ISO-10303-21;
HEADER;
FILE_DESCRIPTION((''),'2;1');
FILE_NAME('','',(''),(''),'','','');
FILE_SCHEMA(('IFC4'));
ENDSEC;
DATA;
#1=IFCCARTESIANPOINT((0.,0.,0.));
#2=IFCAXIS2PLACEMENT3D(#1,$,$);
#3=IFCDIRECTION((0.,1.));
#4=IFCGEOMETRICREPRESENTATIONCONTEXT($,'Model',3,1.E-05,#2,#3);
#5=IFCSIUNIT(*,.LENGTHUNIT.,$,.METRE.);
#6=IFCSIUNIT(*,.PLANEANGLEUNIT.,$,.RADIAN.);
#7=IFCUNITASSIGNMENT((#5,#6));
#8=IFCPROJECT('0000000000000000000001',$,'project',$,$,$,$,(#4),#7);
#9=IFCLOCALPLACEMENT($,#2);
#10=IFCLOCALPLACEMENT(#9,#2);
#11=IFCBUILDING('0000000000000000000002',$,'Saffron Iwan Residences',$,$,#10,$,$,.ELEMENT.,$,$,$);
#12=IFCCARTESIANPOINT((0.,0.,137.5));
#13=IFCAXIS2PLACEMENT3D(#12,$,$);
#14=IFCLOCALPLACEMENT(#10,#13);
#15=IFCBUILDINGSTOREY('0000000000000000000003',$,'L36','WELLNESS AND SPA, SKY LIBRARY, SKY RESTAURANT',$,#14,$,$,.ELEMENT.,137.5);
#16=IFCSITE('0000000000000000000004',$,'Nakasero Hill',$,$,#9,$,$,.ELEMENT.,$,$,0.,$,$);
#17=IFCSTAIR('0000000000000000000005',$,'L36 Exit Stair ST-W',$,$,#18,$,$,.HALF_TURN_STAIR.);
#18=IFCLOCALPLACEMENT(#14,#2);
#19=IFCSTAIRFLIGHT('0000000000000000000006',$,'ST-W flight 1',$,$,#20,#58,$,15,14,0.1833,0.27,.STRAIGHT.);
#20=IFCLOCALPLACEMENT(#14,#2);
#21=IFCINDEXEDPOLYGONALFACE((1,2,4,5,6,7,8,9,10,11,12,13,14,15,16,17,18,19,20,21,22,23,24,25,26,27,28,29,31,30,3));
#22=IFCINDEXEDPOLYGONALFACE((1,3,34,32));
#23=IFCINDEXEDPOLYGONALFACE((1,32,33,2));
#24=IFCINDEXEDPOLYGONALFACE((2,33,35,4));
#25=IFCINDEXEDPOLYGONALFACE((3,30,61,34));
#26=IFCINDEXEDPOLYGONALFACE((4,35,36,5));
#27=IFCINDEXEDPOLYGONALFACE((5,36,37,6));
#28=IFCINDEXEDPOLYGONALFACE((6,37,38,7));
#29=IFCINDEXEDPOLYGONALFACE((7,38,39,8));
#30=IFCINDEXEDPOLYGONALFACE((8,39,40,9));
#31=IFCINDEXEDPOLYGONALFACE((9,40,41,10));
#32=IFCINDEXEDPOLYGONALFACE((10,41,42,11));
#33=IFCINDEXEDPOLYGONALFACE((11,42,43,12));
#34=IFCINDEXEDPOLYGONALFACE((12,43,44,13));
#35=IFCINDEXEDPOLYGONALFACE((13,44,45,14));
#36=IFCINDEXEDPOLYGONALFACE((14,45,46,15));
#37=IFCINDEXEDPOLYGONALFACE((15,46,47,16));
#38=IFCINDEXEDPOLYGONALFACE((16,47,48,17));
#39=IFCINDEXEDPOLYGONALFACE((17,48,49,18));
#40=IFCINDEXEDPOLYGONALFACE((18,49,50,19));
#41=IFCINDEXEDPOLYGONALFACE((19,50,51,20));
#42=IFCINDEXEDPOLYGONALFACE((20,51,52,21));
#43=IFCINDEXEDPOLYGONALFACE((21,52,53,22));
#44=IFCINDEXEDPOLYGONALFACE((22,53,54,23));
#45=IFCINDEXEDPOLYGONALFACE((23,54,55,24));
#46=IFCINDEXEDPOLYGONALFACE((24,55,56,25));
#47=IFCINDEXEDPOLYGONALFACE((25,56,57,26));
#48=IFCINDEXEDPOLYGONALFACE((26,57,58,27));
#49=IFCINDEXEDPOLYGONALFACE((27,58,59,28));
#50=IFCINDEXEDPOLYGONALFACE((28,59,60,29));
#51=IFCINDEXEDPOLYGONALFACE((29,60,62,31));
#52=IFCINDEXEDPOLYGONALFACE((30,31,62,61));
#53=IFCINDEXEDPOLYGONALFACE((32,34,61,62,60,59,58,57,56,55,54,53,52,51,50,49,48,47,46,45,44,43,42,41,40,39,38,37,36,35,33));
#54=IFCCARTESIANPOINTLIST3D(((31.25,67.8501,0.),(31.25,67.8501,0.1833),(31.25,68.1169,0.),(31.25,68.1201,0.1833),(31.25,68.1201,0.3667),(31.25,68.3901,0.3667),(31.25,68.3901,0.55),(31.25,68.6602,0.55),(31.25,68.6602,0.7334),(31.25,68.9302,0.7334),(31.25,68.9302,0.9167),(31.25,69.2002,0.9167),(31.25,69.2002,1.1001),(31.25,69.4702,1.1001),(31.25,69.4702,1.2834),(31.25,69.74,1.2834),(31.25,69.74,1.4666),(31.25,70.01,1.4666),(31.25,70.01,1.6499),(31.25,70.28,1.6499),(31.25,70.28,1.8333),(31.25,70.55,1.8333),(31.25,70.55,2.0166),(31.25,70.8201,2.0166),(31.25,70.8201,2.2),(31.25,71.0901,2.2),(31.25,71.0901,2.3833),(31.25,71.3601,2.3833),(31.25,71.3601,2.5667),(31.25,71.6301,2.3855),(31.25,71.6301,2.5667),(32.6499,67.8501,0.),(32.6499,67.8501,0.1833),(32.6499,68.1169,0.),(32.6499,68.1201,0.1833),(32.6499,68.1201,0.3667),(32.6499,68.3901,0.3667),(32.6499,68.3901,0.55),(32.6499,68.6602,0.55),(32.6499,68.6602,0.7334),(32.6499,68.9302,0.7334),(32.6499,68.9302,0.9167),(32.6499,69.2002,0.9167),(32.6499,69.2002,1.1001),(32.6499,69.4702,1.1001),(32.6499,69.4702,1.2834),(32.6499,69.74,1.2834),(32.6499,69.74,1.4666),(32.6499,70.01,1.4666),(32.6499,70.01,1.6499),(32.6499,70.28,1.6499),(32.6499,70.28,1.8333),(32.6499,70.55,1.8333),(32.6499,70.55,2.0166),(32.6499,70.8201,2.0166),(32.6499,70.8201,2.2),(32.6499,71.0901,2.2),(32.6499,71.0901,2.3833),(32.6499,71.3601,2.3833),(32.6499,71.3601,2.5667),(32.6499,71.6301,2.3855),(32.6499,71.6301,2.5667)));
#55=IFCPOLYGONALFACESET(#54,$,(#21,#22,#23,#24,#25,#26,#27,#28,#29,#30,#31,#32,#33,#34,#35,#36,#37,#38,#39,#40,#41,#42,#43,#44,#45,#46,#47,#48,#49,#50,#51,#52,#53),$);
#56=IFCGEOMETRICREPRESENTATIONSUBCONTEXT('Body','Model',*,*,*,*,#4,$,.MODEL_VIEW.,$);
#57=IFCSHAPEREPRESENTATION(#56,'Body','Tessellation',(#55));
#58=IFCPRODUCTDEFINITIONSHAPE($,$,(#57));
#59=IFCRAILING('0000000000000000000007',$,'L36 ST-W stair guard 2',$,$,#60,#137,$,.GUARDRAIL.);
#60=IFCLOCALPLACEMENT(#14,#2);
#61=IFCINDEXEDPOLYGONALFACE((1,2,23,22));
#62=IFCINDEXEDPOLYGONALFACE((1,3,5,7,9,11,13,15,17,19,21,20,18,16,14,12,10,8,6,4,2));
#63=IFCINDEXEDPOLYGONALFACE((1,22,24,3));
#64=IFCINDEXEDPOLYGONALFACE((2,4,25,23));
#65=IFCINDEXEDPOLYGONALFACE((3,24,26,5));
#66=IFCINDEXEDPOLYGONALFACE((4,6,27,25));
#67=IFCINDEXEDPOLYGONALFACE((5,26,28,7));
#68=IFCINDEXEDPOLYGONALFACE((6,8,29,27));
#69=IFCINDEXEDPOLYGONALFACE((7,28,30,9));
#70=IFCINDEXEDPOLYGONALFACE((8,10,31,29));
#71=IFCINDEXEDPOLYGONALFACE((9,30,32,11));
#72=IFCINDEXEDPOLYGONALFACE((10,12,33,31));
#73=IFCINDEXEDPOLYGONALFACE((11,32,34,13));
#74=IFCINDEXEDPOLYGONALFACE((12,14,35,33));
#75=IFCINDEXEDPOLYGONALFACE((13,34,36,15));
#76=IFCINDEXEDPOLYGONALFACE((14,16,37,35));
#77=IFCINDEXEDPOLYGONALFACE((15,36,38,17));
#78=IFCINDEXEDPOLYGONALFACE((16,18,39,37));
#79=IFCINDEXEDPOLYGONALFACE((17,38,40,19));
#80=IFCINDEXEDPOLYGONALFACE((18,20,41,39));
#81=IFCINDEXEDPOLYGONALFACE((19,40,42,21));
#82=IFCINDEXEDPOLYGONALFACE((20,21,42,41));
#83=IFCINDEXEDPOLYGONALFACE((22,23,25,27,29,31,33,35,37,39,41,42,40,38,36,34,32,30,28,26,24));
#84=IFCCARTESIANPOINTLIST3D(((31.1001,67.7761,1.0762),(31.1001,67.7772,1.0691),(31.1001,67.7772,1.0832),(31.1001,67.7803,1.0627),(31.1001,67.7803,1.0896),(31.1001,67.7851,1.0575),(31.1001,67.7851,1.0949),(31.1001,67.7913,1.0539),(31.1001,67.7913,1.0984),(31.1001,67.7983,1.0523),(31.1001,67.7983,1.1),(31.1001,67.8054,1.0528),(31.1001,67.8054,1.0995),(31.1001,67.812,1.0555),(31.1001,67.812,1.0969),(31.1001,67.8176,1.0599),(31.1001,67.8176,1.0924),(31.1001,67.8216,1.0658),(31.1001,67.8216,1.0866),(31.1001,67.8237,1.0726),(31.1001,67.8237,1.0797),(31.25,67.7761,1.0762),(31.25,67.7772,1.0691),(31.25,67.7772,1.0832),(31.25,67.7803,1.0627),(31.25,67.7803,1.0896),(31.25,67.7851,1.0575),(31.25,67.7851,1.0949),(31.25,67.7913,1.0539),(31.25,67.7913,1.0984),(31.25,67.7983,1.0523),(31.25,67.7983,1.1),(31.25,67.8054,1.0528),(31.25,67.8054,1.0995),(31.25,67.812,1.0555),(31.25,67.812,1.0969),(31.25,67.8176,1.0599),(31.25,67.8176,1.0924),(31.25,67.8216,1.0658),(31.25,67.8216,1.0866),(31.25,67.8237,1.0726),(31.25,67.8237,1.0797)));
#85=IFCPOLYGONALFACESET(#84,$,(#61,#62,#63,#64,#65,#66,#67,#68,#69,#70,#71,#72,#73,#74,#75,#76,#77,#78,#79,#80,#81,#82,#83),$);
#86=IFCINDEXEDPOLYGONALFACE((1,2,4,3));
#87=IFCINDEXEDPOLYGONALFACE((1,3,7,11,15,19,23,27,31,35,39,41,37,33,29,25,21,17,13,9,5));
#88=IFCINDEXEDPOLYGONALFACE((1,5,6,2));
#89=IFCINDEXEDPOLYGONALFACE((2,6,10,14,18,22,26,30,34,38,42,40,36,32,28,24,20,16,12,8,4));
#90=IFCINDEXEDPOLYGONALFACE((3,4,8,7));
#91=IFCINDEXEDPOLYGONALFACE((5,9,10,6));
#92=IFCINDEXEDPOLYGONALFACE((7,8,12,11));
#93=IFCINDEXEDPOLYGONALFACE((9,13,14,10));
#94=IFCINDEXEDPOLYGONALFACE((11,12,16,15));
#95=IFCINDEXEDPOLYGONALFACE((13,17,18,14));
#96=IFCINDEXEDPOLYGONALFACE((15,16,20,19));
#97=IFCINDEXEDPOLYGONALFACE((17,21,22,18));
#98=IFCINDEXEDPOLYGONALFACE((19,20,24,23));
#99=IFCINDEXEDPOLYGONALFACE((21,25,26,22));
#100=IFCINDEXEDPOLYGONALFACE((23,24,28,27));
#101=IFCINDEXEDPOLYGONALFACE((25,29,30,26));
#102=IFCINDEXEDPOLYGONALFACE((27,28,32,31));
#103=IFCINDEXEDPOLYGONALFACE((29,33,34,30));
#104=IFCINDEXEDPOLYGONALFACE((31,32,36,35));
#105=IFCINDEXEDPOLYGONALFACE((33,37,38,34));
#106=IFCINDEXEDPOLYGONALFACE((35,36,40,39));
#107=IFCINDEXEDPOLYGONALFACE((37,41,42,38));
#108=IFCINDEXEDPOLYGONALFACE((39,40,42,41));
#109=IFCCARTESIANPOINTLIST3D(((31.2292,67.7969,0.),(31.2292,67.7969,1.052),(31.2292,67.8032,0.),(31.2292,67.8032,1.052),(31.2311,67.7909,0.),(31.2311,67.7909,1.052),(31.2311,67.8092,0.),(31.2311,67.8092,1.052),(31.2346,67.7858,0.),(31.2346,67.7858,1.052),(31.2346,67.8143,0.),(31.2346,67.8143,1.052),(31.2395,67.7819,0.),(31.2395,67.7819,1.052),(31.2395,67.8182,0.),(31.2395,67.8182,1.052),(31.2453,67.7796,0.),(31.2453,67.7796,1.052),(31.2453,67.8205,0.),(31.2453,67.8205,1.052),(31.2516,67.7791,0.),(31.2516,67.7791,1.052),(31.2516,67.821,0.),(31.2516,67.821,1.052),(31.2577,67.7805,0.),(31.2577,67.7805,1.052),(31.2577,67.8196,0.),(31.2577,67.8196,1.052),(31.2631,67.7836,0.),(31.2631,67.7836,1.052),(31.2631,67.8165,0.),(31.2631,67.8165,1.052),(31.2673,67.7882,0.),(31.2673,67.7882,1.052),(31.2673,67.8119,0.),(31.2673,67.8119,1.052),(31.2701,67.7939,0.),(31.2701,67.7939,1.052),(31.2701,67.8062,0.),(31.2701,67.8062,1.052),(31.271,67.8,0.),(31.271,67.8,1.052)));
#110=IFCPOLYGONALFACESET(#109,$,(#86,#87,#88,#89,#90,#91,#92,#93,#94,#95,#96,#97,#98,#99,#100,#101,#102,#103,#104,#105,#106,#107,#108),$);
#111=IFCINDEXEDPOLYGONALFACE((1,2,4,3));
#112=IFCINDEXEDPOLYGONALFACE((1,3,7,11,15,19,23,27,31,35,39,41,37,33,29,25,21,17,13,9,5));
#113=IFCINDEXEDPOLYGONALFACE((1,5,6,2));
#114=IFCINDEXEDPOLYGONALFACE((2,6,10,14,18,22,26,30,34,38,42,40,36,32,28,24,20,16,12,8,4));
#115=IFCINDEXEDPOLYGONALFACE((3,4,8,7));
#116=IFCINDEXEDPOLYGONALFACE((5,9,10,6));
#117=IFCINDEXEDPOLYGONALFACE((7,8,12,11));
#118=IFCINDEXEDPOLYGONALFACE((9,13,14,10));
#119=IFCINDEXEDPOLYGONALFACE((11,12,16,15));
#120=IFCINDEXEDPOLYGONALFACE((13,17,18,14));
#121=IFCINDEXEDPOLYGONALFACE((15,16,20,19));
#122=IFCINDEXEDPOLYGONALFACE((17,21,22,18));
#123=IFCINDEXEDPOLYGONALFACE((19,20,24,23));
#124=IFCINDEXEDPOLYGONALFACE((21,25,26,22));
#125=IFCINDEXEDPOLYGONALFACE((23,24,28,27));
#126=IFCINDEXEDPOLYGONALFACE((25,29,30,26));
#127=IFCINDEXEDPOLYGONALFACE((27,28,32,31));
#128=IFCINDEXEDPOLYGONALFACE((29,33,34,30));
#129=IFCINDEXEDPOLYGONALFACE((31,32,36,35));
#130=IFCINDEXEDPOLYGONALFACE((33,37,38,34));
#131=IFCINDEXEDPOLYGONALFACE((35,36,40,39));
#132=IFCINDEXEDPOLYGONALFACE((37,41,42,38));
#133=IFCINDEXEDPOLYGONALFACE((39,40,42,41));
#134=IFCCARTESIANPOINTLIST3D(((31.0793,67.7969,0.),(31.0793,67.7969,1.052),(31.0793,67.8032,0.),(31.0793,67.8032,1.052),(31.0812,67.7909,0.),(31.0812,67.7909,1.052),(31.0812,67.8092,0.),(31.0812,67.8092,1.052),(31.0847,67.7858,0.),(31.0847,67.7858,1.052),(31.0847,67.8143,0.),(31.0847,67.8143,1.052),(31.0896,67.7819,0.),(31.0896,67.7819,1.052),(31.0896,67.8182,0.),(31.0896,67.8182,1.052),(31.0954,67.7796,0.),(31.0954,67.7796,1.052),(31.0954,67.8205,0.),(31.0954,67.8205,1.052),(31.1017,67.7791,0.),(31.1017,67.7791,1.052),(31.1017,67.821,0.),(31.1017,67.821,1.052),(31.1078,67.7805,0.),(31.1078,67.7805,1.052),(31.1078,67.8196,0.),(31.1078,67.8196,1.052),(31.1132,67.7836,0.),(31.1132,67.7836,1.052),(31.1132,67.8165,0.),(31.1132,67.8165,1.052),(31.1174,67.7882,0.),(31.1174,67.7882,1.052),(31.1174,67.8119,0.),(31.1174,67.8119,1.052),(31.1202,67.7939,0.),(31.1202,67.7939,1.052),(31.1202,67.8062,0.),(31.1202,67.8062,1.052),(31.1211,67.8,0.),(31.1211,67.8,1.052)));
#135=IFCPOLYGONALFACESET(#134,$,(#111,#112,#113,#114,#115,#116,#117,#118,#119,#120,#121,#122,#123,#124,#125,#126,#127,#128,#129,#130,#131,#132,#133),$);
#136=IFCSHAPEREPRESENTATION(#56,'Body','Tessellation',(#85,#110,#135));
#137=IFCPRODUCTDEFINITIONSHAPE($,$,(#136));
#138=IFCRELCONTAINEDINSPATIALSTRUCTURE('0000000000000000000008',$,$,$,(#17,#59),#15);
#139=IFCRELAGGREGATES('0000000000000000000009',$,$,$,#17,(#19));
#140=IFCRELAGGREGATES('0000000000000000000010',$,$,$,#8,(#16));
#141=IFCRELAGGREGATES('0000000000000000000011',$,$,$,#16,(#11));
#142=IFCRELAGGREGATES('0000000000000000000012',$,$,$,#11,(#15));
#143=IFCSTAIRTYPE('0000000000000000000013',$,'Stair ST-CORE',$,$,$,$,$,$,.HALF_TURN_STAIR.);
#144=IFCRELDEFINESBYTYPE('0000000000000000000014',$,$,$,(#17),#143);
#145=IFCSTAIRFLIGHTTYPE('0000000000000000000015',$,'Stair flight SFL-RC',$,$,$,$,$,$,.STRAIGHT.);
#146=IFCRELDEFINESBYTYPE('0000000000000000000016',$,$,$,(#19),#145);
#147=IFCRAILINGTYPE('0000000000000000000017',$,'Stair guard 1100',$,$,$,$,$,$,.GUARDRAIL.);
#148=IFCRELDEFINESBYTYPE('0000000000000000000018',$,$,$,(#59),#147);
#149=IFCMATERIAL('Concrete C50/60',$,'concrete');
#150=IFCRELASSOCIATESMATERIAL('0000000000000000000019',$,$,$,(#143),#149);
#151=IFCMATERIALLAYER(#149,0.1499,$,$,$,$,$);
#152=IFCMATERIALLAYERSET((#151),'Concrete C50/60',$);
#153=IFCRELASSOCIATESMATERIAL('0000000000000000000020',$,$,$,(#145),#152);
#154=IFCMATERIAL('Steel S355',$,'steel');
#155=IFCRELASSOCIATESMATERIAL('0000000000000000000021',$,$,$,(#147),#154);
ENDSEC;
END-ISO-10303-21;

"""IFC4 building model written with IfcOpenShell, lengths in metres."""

from ifc_helpers import new_model, si_unit, direction, frame, origin, origin_2d, place, context, subcontext, project, spatial, polyline, circle, outline, extrude, material, layer, layer_set, type_object, element, aggregate, save


model = new_model("IFC4")

# Units and contexts
model_context = context("Model", 3, precision=1e-05, world=origin(), true_north=direction((0.0, 1.0)))
body_context = subcontext(model_context, "Body", "Model", "MODEL_VIEW")
ifc_project = project(units=[si_unit("LENGTHUNIT", "METRE"), si_unit("PLANEANGLEUNIT", "RADIAN")], contexts=[model_context])

# Site, building, storey
site_placement = place(None, origin())
site = spatial("IfcSite", under=ifc_project, at=site_placement, Name="Nakasero Hill", CompositionType="ELEMENT", RefElevation=0.0)
building_placement = place(site_placement, origin())
building = spatial("IfcBuilding", under=site, at=building_placement, Name="Saffron Iwan Residences", CompositionType="ELEMENT")
storey_placement = place(building_placement, frame((0.0, 0.0, 137.5)))
storey = spatial("IfcBuildingStorey", under=building, at=storey_placement, Name="L36", Description="WELLNESS AND SPA, SKY LIBRARY, SKY RESTAURANT", CompositionType="ELEMENT", Elevation=137.5)

# Shared definitions
ifc_material_1 = material(Name="Concrete C50/60", Category="concrete")

# Stair, stair flight
stair_type = type_object("IfcStairType", Name="Stair ST-CORE", PredefinedType="HALF_TURN_STAIR", material=ifc_material_1)
stair_placement = place(storey_placement, origin())
stair = element("IfcStair", 1, at=stair_placement, inside=storey, type_object=stair_type, Name="L36 Exit Stair ST-W", PredefinedType="HALF_TURN_STAIR")
ifc_layer_1 = layer(ifc_material_1, 0.1499)
ifc_layer_set_1 = layer_set([ifc_layer_1], Name="Concrete C50/60")
stair_flight_type = type_object("IfcStairFlightType", Name="Stair flight SFL-RC", PredefinedType="STRAIGHT", material=ifc_layer_set_1)
stair_flight_placement = place(storey_placement, frame((31.95, 67.8501, 0.0), z_axis=(0.0, 0.0, 1.0), x_axis=(0.0, 1.0, 0.0)))
stair_flight = element("IfcStairFlight", 2, at=stair_flight_placement, type_object=stair_flight_type, Name="ST-W flight 1", NumberOfRisers=15, NumberOfTreads=14, PredefinedType="STRAIGHT", RiserHeight=0.1833, TreadLength=0.27, context=body_context, shape_type="SweptSolid", body=[
    extrude(outline(polyline([(0.0, 0.0), (0.0, 0.1833), (0.27, 0.1833), (0.27, 0.3667), (0.54, 0.3667), (0.54, 0.55), (0.8101, 0.55), (0.8101, 0.7334), (1.0801, 0.7334), (1.0801, 0.9167), (1.3501, 0.9167), (1.3501, 1.1001), (1.6201, 1.1001), (1.6201, 1.2834), (1.8899, 1.2834), (1.8899, 1.4666), (2.1599, 1.4666), (2.1599, 1.6499), (2.4299, 1.6499), (2.4299, 1.8333), (2.7, 1.8333), (2.7, 2.0166), (2.97, 2.0166), (2.97, 2.2), (3.24, 2.2), (3.24, 2.3833), (3.51, 2.3833), (3.51, 2.5667), (3.78, 2.5667), (3.78, 2.75), (3.78, 2.3855), (0.2668, 0.0), (0.0, 0.0)])), frame((0.0, 0.7, 0.0), z_axis=(0.0, -1.0, 0.0), x_axis=(1.0, 0.0, 0.0)), (0.0, 0.0, 1.0), 1.3999),
])
aggregate(stair, [stair_flight])

# Railing
ifc_material_2 = material(Name="Steel S355", Category="steel")
railing_type_1 = type_object("IfcRailingType", Name="Stair guard 1100", PredefinedType="GUARDRAIL", material=ifc_material_2)
railing_1_placement = place(storey_placement, frame((31.25, 67.8, 0.0)))
element("IfcRailing", 3, at=railing_1_placement, inside=storey, type_object=railing_type_1, Name="L36 ST-W stair guard 2", PredefinedType="GUARDRAIL", context=body_context, shape_type="SweptSolid", body=[
    extrude(circle(Radius=0.0239, at=origin_2d()), frame((0.0, 0.0, 1.0762), z_axis=(-1.0, 0.0, 0.0), x_axis=(0.0, -1.0, 0.0)), (0.0, 0.0, 1.0), 0.1499),
    extrude(circle(Radius=0.021, at=origin_2d()), origin(), (0.0, 0.0, 1.0), 1.052),
    extrude(circle(Radius=0.021, at=origin_2d()), frame((-0.1499, 0.0, 0.0)), (0.0, 0.0, 1.0), 1.052),
])

save(model, "model.ifc")
